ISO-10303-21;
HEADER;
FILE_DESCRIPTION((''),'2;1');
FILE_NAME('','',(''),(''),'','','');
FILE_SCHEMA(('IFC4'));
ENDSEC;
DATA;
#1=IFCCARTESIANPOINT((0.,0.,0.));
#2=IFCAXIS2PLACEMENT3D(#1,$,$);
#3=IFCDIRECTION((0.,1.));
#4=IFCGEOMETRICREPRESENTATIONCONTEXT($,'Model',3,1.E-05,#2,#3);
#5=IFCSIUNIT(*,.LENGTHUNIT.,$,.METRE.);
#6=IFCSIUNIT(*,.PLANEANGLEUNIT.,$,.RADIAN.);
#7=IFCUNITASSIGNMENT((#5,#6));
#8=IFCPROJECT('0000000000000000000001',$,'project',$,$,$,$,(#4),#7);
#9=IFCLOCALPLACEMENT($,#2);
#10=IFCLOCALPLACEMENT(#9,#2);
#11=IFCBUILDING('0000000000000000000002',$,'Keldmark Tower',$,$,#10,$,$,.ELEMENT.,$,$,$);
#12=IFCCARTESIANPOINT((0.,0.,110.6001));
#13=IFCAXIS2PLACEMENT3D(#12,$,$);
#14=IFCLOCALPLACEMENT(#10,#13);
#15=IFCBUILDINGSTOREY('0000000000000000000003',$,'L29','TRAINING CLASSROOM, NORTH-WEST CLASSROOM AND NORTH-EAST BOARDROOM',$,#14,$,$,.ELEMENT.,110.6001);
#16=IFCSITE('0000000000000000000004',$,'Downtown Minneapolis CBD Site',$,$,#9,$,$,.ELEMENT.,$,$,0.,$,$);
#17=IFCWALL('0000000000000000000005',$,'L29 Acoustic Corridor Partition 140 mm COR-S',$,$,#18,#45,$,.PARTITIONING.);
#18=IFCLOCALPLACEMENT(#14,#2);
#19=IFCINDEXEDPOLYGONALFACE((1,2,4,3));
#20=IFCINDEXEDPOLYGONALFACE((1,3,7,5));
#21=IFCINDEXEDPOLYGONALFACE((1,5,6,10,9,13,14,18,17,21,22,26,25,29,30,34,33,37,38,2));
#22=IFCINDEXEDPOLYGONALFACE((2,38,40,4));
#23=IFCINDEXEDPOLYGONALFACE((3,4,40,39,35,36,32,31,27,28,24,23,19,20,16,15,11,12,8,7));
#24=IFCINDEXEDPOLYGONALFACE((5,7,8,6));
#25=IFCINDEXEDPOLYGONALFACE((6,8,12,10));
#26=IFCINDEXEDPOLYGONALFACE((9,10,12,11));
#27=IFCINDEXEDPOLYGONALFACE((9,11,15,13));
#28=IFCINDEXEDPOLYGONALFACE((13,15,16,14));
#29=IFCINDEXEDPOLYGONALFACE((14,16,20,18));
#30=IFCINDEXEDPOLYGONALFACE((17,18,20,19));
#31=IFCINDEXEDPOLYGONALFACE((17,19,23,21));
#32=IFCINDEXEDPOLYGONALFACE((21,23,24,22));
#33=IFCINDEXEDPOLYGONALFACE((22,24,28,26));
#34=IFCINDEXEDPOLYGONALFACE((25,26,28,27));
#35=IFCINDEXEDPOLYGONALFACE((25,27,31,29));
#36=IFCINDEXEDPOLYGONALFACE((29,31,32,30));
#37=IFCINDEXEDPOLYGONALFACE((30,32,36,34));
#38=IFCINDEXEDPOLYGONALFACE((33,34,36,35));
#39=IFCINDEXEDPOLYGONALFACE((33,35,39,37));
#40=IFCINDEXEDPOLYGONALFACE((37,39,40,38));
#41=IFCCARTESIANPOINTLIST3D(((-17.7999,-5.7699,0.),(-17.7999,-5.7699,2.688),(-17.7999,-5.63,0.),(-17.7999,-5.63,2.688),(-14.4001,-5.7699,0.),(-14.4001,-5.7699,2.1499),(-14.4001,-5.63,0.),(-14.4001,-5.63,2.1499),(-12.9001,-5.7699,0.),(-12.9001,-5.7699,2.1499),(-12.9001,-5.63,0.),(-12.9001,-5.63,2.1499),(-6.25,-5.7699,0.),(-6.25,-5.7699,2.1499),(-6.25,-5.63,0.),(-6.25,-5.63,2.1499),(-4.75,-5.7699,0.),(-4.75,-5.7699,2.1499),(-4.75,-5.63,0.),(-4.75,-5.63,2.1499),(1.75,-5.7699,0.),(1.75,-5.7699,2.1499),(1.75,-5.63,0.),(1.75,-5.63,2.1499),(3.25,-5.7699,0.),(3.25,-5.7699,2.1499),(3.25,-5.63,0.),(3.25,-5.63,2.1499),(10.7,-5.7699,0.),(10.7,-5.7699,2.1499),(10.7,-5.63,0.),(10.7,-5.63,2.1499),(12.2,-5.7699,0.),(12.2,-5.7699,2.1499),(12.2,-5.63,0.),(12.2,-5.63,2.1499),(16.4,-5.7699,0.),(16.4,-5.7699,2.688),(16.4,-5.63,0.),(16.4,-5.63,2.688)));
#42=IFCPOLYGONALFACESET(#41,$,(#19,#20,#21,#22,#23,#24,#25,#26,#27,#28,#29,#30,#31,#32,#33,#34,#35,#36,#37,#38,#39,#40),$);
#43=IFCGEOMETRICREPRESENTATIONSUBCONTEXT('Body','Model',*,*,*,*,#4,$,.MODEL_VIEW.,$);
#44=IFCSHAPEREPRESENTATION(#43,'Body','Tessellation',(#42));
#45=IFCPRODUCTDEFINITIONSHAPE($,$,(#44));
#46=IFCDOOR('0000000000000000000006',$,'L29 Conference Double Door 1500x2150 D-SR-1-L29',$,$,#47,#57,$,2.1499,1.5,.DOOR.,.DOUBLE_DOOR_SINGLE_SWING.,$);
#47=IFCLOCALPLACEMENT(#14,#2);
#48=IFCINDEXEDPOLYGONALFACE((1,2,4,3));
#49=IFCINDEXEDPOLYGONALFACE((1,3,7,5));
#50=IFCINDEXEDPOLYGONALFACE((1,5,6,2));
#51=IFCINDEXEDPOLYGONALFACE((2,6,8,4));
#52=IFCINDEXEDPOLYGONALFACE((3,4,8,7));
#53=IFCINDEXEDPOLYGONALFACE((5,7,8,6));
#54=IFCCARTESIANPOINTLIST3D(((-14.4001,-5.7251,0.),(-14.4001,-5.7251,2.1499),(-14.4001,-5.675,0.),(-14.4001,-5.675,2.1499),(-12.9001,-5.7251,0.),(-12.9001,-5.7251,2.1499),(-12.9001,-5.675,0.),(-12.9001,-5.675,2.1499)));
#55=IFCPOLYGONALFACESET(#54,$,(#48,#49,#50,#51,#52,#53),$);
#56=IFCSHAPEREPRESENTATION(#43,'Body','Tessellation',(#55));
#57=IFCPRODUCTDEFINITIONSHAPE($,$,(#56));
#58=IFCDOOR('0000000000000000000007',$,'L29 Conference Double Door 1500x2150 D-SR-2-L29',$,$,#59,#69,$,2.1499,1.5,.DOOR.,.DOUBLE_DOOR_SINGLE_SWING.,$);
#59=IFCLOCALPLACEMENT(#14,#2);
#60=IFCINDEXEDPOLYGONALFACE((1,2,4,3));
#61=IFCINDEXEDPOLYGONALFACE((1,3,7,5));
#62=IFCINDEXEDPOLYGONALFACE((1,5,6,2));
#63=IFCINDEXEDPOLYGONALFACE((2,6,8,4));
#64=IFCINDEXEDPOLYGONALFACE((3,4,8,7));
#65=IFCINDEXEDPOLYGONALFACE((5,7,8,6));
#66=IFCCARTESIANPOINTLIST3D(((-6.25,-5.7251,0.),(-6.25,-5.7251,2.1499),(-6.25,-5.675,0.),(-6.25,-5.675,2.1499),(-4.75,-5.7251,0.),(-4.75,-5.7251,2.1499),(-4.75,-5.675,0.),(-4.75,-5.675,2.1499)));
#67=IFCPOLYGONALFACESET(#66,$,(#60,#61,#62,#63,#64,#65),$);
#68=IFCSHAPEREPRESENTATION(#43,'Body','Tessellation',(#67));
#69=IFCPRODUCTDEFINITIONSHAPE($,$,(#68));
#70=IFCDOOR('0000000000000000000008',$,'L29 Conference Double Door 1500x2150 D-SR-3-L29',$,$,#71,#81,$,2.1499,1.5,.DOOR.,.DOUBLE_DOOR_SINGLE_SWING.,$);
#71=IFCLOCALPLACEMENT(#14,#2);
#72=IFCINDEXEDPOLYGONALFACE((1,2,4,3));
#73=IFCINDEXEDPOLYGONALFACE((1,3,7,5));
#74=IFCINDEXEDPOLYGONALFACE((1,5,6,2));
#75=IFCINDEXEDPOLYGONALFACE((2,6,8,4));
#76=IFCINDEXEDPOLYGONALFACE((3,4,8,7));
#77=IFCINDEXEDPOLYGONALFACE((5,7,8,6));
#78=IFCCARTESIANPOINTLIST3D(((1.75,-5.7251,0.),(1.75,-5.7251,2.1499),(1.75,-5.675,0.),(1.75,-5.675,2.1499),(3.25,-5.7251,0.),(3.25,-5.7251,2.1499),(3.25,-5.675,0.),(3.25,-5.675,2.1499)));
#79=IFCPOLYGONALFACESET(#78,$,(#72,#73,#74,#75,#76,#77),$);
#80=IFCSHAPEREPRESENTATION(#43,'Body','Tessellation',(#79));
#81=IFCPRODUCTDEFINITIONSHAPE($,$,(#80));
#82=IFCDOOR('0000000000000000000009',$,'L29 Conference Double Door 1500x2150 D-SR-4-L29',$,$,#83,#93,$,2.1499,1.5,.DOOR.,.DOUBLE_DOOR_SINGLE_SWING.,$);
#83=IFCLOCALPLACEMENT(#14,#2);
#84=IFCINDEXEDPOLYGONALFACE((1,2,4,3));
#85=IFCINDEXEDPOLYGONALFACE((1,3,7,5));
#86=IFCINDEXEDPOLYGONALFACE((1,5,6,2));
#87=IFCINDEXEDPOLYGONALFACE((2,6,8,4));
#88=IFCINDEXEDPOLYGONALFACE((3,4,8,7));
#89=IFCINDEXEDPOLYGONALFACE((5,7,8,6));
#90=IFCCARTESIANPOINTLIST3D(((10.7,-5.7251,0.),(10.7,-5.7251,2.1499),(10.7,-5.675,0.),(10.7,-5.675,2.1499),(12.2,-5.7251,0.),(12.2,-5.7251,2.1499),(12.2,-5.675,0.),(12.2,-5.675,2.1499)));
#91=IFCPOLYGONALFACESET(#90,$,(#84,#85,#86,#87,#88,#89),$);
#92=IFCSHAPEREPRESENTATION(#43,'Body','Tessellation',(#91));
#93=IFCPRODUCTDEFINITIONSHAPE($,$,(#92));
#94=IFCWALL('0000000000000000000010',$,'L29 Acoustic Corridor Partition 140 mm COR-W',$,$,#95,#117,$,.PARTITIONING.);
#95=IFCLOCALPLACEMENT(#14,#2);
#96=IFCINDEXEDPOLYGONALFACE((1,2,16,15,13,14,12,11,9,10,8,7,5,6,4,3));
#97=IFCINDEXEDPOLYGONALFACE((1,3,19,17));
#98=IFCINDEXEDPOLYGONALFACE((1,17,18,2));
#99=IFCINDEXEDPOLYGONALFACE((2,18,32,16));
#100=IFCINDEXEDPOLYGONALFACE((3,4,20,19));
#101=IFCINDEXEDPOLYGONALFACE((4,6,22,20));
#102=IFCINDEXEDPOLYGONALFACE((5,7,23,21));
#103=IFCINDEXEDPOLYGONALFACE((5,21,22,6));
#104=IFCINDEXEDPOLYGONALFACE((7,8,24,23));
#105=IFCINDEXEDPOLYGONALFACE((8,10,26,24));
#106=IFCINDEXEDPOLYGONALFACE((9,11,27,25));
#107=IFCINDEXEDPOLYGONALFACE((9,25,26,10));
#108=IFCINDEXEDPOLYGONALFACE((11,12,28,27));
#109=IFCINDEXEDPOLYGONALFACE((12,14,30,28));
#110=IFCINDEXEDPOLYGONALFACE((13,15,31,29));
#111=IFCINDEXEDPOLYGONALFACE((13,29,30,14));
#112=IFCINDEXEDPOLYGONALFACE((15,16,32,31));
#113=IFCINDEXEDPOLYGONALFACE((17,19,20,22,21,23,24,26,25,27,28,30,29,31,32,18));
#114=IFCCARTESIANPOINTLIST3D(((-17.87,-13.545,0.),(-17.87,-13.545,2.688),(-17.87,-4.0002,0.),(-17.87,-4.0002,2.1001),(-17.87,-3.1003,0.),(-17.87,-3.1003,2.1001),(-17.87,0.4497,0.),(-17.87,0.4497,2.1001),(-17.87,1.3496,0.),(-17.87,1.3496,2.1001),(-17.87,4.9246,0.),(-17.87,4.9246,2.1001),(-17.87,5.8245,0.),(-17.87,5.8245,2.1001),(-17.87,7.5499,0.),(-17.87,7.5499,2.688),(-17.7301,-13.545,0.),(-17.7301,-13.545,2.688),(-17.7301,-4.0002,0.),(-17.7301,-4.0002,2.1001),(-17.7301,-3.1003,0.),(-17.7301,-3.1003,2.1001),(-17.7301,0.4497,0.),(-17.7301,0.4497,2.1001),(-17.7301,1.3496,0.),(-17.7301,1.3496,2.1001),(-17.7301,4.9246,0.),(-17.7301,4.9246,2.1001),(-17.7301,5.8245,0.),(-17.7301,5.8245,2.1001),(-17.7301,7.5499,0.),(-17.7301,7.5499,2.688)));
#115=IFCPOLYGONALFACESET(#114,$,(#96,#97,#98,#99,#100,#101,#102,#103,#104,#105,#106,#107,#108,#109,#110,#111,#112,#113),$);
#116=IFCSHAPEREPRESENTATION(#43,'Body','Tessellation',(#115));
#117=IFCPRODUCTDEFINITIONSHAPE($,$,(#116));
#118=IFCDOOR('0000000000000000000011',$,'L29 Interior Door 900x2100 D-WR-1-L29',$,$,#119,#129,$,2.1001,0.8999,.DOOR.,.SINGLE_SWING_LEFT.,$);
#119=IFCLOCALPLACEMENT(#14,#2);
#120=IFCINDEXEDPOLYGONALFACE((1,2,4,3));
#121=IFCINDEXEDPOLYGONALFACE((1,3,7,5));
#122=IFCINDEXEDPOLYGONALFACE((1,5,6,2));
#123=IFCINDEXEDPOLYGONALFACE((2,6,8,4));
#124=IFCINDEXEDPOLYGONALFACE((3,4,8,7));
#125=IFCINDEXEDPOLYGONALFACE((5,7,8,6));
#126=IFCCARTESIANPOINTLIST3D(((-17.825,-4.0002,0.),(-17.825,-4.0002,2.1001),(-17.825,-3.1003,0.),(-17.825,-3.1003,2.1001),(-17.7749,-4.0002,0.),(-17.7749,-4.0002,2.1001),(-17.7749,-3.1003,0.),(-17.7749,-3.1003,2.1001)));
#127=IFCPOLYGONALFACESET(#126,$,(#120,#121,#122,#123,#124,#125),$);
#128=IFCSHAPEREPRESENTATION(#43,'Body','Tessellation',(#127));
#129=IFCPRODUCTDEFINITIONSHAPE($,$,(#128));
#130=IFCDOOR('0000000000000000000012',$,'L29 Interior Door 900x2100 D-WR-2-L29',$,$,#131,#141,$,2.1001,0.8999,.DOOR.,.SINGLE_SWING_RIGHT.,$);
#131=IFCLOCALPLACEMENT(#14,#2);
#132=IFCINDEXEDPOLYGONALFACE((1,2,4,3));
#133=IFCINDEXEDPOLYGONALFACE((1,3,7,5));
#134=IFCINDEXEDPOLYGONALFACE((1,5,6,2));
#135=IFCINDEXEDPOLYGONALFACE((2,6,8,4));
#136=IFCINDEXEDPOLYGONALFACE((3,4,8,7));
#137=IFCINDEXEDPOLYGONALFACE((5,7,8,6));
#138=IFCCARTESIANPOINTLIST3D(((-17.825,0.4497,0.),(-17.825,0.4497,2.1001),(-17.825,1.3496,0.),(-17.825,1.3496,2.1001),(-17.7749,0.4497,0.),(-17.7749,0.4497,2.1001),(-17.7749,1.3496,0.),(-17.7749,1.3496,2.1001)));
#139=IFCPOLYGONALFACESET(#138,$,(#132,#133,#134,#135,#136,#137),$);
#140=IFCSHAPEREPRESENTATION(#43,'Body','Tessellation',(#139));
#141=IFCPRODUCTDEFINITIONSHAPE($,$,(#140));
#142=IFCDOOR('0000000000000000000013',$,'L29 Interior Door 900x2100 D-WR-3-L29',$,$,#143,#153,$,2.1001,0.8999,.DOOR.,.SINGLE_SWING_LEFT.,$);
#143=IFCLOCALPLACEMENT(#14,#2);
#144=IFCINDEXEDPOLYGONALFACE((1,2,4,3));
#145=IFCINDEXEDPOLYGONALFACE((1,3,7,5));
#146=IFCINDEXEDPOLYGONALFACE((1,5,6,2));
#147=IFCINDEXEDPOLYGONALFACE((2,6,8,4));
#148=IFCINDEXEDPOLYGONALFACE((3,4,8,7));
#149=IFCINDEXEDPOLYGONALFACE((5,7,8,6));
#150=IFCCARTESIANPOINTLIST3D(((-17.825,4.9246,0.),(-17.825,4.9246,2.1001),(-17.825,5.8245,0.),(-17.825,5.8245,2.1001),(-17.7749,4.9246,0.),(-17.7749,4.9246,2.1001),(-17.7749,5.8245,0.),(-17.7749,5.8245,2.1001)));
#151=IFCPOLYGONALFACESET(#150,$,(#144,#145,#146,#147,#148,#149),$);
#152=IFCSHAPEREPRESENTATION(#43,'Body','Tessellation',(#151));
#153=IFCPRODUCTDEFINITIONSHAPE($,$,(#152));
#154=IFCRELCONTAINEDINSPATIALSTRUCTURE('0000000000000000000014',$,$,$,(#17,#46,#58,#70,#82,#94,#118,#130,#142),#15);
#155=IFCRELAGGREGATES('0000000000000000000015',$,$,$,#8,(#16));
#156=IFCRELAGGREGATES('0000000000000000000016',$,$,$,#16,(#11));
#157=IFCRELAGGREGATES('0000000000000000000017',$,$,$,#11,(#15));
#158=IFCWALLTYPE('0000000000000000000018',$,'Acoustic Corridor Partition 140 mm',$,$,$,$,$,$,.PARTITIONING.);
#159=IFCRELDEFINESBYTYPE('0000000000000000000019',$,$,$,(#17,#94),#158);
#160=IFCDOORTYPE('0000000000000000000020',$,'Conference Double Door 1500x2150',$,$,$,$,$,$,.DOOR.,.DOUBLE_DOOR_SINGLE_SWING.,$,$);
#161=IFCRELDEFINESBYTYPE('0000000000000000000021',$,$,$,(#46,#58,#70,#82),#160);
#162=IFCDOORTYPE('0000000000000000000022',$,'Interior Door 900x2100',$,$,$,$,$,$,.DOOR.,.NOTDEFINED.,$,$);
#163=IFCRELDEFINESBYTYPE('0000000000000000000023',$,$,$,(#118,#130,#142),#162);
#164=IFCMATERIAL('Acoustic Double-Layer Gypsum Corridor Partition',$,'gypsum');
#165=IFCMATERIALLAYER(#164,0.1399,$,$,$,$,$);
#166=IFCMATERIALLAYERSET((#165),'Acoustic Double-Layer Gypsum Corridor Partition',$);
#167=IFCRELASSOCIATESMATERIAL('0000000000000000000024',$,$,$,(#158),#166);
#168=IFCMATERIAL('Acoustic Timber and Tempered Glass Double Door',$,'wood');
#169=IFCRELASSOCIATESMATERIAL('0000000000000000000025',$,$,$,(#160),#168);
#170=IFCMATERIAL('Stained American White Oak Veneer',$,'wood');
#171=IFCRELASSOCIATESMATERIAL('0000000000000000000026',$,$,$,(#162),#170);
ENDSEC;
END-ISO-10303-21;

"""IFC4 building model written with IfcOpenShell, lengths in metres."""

from ifc_helpers import new_model, si_unit, direction, frame, frame_2d, origin, place, context, subcontext, project, spatial, rectangle, extrude, material, layer, layer_set, type_object, element, fill, save


model = new_model("IFC4")

# Units and contexts
model_context = context("Model", 3, precision=1e-05, world=origin(), true_north=direction((0.0, 1.0)))
body_context = subcontext(model_context, "Body", "Model", "MODEL_VIEW")
ifc_project = project(units=[si_unit("LENGTHUNIT", "METRE"), si_unit("PLANEANGLEUNIT", "RADIAN")], contexts=[model_context])

# Site, building, storey
site_placement = place(None, origin())
site = spatial("IfcSite", under=ifc_project, at=site_placement, Name="Downtown Minneapolis CBD Site", CompositionType="ELEMENT", RefElevation=0.0)
building_placement = place(site_placement, origin())
building = spatial("IfcBuilding", under=site, at=building_placement, Name="Keldmark Tower", CompositionType="ELEMENT")
storey_placement = place(building_placement, frame((0.0, 0.0, 110.6001)))
storey = spatial("IfcBuildingStorey", under=building, at=storey_placement, Name="L29", Description="TRAINING CLASSROOM, NORTH-WEST CLASSROOM AND NORTH-EAST BOARDROOM", CompositionType="ELEMENT", Elevation=110.6001)

# Walls, openings, doors
ifc_material_1 = material(Name="Acoustic Double-Layer Gypsum Corridor Partition", Category="gypsum")
ifc_layer_1 = layer(ifc_material_1, 0.1399)
ifc_layer_set_1 = layer_set([ifc_layer_1], Name="Acoustic Double-Layer Gypsum Corridor Partition")
wall_type_1 = type_object("IfcWallType", Name="Acoustic Corridor Partition 140 mm", PredefinedType="PARTITIONING", material=ifc_layer_set_1)
wall_1_placement = place(storey_placement, frame((-17.8, -5.7, 0.0), z_axis=(0.0, 0.0, 1.0), x_axis=(1.0, 0.0, 0.0)))
wall_1 = element("IfcWall", 1, at=wall_1_placement, inside=storey, type_object=wall_type_1, Name="L29 Acoustic Corridor Partition 140 mm COR-S", PredefinedType="PARTITIONING", context=body_context, shape_type="SweptSolid", body=[
    extrude(rectangle(XDim=34.2, YDim=0.1399, at=frame_2d((17.1001, 0.0))), origin(), (0.0, 0.0, 1.0), 2.688),
])
opening_1_placement = place(wall_1_placement, frame((3.3999, 0.0, 0.0)))
opening_1 = element("IfcOpeningElement", 2, at=opening_1_placement, cuts=wall_1, PredefinedType="OPENING", context=body_context, shape_type="SweptSolid", body=[
    extrude(rectangle(XDim=1.5, YDim=2.1499, at=frame_2d((0.75, 1.075))), frame((0.0, 0.0798, 0.0), z_axis=(0.0, -1.0, 0.0), x_axis=(1.0, 0.0, 0.0)), (0.0, 0.0, 1.0), 0.1599),
])
opening_2_placement = place(wall_1_placement, frame((11.55, 0.0, 0.0)))
opening_2 = element("IfcOpeningElement", 3, at=opening_2_placement, cuts=wall_1, PredefinedType="OPENING", context=body_context, shape_type="SweptSolid", body=[
    extrude(rectangle(XDim=1.5, YDim=2.1499, at=frame_2d((0.75, 1.075))), frame((0.0, 0.0798, 0.0), z_axis=(0.0, -1.0, 0.0), x_axis=(1.0, 0.0, 0.0)), (0.0, 0.0, 1.0), 0.1599),
])
opening_3_placement = place(wall_1_placement, frame((19.55, 0.0, 0.0)))
opening_3 = element("IfcOpeningElement", 4, at=opening_3_placement, cuts=wall_1, PredefinedType="OPENING", context=body_context, shape_type="SweptSolid", body=[
    extrude(rectangle(XDim=1.5, YDim=2.1499, at=frame_2d((0.75, 1.075))), frame((0.0, 0.0798, 0.0), z_axis=(0.0, -1.0, 0.0), x_axis=(1.0, 0.0, 0.0)), (0.0, 0.0, 1.0), 0.1599),
])
opening_4_placement = place(wall_1_placement, frame((28.5, 0.0, 0.0)))
opening_4 = element("IfcOpeningElement", 5, at=opening_4_placement, cuts=wall_1, PredefinedType="OPENING", context=body_context, shape_type="SweptSolid", body=[
    extrude(rectangle(XDim=1.5, YDim=2.1499, at=frame_2d((0.75, 1.075))), frame((0.0, 0.0798, 0.0), z_axis=(0.0, -1.0, 0.0), x_axis=(1.0, 0.0, 0.0)), (0.0, 0.0, 1.0), 0.1599),
])
ifc_material_2 = material(Name="Acoustic Timber and Tempered Glass Double Door", Category="wood")
door_type_1 = type_object("IfcDoorType", Name="Conference Double Door 1500x2150", OperationType="DOUBLE_DOOR_SINGLE_SWING", PredefinedType="DOOR", material=ifc_material_2)
door_1_placement = place(opening_1_placement, origin())
door_1 = element("IfcDoor", 6, at=door_1_placement, inside=storey, type_object=door_type_1, Name="L29 Conference Double Door 1500x2150 D-SR-1-L29", OperationType="DOUBLE_DOOR_SINGLE_SWING", OverallHeight=2.1499, OverallWidth=1.5, PredefinedType="DOOR", context=body_context, shape_type="SweptSolid", body=[
    extrude(rectangle(XDim=1.5, YDim=2.1499, at=frame_2d((0.75, 1.075))), frame((0.0, 0.0249, 0.0), z_axis=(0.0, -1.0, 0.0), x_axis=(1.0, 0.0, 0.0)), (0.0, 0.0, 1.0), 0.05),
])
fill(opening_1, door_1)
door_2_placement = place(opening_2_placement, origin())
door_2 = element("IfcDoor", 7, at=door_2_placement, inside=storey, type_object=door_type_1, Name="L29 Conference Double Door 1500x2150 D-SR-2-L29", OperationType="DOUBLE_DOOR_SINGLE_SWING", OverallHeight=2.1499, OverallWidth=1.5, PredefinedType="DOOR", context=body_context, shape_type="SweptSolid", body=[
    extrude(rectangle(XDim=1.5, YDim=2.1499, at=frame_2d((0.75, 1.075))), frame((0.0, 0.0249, 0.0), z_axis=(0.0, -1.0, 0.0), x_axis=(1.0, 0.0, 0.0)), (0.0, 0.0, 1.0), 0.05),
])
fill(opening_2, door_2)
door_3_placement = place(opening_3_placement, origin())
door_3 = element("IfcDoor", 8, at=door_3_placement, inside=storey, type_object=door_type_1, Name="L29 Conference Double Door 1500x2150 D-SR-3-L29", OperationType="DOUBLE_DOOR_SINGLE_SWING", OverallHeight=2.1499, OverallWidth=1.5, PredefinedType="DOOR", context=body_context, shape_type="SweptSolid", body=[
    extrude(rectangle(XDim=1.5, YDim=2.1499, at=frame_2d((0.75, 1.075))), frame((0.0, 0.0249, 0.0), z_axis=(0.0, -1.0, 0.0), x_axis=(1.0, 0.0, 0.0)), (0.0, 0.0, 1.0), 0.05),
])
fill(opening_3, door_3)
door_4_placement = place(opening_4_placement, origin())
door_4 = element("IfcDoor", 9, at=door_4_placement, inside=storey, type_object=door_type_1, Name="L29 Conference Double Door 1500x2150 D-SR-4-L29", OperationType="DOUBLE_DOOR_SINGLE_SWING", OverallHeight=2.1499, OverallWidth=1.5, PredefinedType="DOOR", context=body_context, shape_type="SweptSolid", body=[
    extrude(rectangle(XDim=1.5, YDim=2.1499, at=frame_2d((0.75, 1.075))), frame((0.0, 0.0249, 0.0), z_axis=(0.0, -1.0, 0.0), x_axis=(1.0, 0.0, 0.0)), (0.0, 0.0, 1.0), 0.05),
])
fill(opening_4, door_4)
wall_2_placement = place(storey_placement, frame((-17.8, -13.5449, 0.0), z_axis=(0.0, 0.0, 1.0), x_axis=(0.0, 1.0, 0.0)))
wall_2 = element("IfcWall", 10, at=wall_2_placement, inside=storey, type_object=wall_type_1, Name="L29 Acoustic Corridor Partition 140 mm COR-W", PredefinedType="PARTITIONING", context=body_context, shape_type="SweptSolid", body=[
    extrude(rectangle(XDim=21.095, YDim=0.1399, at=frame_2d((10.5474, 0.0))), origin(), (0.0, 0.0, 1.0), 2.688),
])
opening_5_placement = place(wall_2_placement, frame((9.5447, 0.0, 0.0)))
opening_5 = element("IfcOpeningElement", 11, at=opening_5_placement, cuts=wall_2, PredefinedType="OPENING", context=body_context, shape_type="SweptSolid", body=[
    extrude(rectangle(XDim=0.8999, YDim=2.1001, at=frame_2d((0.45, 1.05))), frame((0.0, 0.0798, 0.0), z_axis=(0.0, -1.0, 0.0), x_axis=(1.0, 0.0, 0.0)), (0.0, 0.0, 1.0), 0.1599),
])
opening_6_placement = place(wall_2_placement, frame((13.9946, 0.0, 0.0)))
opening_6 = element("IfcOpeningElement", 12, at=opening_6_placement, cuts=wall_2, PredefinedType="OPENING", context=body_context, shape_type="SweptSolid", body=[
    extrude(rectangle(XDim=0.8999, YDim=2.1001, at=frame_2d((0.45, 1.05))), frame((0.0, 0.0798, 0.0), z_axis=(0.0, -1.0, 0.0), x_axis=(1.0, 0.0, 0.0)), (0.0, 0.0, 1.0), 0.1599),
])
opening_7_placement = place(wall_2_placement, frame((18.4695, 0.0, 0.0)))
opening_7 = element("IfcOpeningElement", 13, at=opening_7_placement, cuts=wall_2, PredefinedType="OPENING", context=body_context, shape_type="SweptSolid", body=[
    extrude(rectangle(XDim=0.8999, YDim=2.1001, at=frame_2d((0.45, 1.05))), frame((0.0, 0.0798, 0.0), z_axis=(0.0, -1.0, 0.0), x_axis=(1.0, 0.0, 0.0)), (0.0, 0.0, 1.0), 0.1599),
])
ifc_material_3 = material(Name="Stained American White Oak Veneer", Category="wood")
door_type_2 = type_object("IfcDoorType", Name="Interior Door 900x2100", OperationType="NOTDEFINED", PredefinedType="DOOR", material=ifc_material_3)
door_5_placement = place(opening_5_placement, origin())
door_5 = element("IfcDoor", 14, at=door_5_placement, inside=storey, type_object=door_type_2, Name="L29 Interior Door 900x2100 D-WR-1-L29", OperationType="SINGLE_SWING_LEFT", OverallHeight=2.1001, OverallWidth=0.8999, PredefinedType="DOOR", context=body_context, shape_type="SweptSolid", body=[
    extrude(rectangle(XDim=0.8999, YDim=2.1001, at=frame_2d((0.45, 1.05))), frame((0.0, 0.0249, 0.0), z_axis=(0.0, -1.0, 0.0), x_axis=(1.0, 0.0, 0.0)), (0.0, 0.0, 1.0), 0.05),
])
fill(opening_5, door_5)
door_6_placement = place(opening_6_placement, origin())
door_6 = element("IfcDoor", 15, at=door_6_placement, inside=storey, type_object=door_type_2, Name="L29 Interior Door 900x2100 D-WR-2-L29", OperationType="SINGLE_SWING_RIGHT", OverallHeight=2.1001, OverallWidth=0.8999, PredefinedType="DOOR", context=body_context, shape_type="SweptSolid", body=[
    extrude(rectangle(XDim=0.8999, YDim=2.1001, at=frame_2d((0.45, 1.05))), frame((0.0, 0.0249, 0.0), z_axis=(0.0, -1.0, 0.0), x_axis=(1.0, 0.0, 0.0)), (0.0, 0.0, 1.0), 0.05),
])
fill(opening_6, door_6)
door_7_placement = place(opening_7_placement, origin())
door_7 = element("IfcDoor", 16, at=door_7_placement, inside=storey, type_object=door_type_2, Name="L29 Interior Door 900x2100 D-WR-3-L29", OperationType="SINGLE_SWING_LEFT", OverallHeight=2.1001, OverallWidth=0.8999, PredefinedType="DOOR", context=body_context, shape_type="SweptSolid", body=[
    extrude(rectangle(XDim=0.8999, YDim=2.1001, at=frame_2d((0.45, 1.05))), frame((0.0, 0.0249, 0.0), z_axis=(0.0, -1.0, 0.0), x_axis=(1.0, 0.0, 0.0)), (0.0, 0.0, 1.0), 0.05),
])
fill(opening_7, door_7)

save(model, "model.ifc")
